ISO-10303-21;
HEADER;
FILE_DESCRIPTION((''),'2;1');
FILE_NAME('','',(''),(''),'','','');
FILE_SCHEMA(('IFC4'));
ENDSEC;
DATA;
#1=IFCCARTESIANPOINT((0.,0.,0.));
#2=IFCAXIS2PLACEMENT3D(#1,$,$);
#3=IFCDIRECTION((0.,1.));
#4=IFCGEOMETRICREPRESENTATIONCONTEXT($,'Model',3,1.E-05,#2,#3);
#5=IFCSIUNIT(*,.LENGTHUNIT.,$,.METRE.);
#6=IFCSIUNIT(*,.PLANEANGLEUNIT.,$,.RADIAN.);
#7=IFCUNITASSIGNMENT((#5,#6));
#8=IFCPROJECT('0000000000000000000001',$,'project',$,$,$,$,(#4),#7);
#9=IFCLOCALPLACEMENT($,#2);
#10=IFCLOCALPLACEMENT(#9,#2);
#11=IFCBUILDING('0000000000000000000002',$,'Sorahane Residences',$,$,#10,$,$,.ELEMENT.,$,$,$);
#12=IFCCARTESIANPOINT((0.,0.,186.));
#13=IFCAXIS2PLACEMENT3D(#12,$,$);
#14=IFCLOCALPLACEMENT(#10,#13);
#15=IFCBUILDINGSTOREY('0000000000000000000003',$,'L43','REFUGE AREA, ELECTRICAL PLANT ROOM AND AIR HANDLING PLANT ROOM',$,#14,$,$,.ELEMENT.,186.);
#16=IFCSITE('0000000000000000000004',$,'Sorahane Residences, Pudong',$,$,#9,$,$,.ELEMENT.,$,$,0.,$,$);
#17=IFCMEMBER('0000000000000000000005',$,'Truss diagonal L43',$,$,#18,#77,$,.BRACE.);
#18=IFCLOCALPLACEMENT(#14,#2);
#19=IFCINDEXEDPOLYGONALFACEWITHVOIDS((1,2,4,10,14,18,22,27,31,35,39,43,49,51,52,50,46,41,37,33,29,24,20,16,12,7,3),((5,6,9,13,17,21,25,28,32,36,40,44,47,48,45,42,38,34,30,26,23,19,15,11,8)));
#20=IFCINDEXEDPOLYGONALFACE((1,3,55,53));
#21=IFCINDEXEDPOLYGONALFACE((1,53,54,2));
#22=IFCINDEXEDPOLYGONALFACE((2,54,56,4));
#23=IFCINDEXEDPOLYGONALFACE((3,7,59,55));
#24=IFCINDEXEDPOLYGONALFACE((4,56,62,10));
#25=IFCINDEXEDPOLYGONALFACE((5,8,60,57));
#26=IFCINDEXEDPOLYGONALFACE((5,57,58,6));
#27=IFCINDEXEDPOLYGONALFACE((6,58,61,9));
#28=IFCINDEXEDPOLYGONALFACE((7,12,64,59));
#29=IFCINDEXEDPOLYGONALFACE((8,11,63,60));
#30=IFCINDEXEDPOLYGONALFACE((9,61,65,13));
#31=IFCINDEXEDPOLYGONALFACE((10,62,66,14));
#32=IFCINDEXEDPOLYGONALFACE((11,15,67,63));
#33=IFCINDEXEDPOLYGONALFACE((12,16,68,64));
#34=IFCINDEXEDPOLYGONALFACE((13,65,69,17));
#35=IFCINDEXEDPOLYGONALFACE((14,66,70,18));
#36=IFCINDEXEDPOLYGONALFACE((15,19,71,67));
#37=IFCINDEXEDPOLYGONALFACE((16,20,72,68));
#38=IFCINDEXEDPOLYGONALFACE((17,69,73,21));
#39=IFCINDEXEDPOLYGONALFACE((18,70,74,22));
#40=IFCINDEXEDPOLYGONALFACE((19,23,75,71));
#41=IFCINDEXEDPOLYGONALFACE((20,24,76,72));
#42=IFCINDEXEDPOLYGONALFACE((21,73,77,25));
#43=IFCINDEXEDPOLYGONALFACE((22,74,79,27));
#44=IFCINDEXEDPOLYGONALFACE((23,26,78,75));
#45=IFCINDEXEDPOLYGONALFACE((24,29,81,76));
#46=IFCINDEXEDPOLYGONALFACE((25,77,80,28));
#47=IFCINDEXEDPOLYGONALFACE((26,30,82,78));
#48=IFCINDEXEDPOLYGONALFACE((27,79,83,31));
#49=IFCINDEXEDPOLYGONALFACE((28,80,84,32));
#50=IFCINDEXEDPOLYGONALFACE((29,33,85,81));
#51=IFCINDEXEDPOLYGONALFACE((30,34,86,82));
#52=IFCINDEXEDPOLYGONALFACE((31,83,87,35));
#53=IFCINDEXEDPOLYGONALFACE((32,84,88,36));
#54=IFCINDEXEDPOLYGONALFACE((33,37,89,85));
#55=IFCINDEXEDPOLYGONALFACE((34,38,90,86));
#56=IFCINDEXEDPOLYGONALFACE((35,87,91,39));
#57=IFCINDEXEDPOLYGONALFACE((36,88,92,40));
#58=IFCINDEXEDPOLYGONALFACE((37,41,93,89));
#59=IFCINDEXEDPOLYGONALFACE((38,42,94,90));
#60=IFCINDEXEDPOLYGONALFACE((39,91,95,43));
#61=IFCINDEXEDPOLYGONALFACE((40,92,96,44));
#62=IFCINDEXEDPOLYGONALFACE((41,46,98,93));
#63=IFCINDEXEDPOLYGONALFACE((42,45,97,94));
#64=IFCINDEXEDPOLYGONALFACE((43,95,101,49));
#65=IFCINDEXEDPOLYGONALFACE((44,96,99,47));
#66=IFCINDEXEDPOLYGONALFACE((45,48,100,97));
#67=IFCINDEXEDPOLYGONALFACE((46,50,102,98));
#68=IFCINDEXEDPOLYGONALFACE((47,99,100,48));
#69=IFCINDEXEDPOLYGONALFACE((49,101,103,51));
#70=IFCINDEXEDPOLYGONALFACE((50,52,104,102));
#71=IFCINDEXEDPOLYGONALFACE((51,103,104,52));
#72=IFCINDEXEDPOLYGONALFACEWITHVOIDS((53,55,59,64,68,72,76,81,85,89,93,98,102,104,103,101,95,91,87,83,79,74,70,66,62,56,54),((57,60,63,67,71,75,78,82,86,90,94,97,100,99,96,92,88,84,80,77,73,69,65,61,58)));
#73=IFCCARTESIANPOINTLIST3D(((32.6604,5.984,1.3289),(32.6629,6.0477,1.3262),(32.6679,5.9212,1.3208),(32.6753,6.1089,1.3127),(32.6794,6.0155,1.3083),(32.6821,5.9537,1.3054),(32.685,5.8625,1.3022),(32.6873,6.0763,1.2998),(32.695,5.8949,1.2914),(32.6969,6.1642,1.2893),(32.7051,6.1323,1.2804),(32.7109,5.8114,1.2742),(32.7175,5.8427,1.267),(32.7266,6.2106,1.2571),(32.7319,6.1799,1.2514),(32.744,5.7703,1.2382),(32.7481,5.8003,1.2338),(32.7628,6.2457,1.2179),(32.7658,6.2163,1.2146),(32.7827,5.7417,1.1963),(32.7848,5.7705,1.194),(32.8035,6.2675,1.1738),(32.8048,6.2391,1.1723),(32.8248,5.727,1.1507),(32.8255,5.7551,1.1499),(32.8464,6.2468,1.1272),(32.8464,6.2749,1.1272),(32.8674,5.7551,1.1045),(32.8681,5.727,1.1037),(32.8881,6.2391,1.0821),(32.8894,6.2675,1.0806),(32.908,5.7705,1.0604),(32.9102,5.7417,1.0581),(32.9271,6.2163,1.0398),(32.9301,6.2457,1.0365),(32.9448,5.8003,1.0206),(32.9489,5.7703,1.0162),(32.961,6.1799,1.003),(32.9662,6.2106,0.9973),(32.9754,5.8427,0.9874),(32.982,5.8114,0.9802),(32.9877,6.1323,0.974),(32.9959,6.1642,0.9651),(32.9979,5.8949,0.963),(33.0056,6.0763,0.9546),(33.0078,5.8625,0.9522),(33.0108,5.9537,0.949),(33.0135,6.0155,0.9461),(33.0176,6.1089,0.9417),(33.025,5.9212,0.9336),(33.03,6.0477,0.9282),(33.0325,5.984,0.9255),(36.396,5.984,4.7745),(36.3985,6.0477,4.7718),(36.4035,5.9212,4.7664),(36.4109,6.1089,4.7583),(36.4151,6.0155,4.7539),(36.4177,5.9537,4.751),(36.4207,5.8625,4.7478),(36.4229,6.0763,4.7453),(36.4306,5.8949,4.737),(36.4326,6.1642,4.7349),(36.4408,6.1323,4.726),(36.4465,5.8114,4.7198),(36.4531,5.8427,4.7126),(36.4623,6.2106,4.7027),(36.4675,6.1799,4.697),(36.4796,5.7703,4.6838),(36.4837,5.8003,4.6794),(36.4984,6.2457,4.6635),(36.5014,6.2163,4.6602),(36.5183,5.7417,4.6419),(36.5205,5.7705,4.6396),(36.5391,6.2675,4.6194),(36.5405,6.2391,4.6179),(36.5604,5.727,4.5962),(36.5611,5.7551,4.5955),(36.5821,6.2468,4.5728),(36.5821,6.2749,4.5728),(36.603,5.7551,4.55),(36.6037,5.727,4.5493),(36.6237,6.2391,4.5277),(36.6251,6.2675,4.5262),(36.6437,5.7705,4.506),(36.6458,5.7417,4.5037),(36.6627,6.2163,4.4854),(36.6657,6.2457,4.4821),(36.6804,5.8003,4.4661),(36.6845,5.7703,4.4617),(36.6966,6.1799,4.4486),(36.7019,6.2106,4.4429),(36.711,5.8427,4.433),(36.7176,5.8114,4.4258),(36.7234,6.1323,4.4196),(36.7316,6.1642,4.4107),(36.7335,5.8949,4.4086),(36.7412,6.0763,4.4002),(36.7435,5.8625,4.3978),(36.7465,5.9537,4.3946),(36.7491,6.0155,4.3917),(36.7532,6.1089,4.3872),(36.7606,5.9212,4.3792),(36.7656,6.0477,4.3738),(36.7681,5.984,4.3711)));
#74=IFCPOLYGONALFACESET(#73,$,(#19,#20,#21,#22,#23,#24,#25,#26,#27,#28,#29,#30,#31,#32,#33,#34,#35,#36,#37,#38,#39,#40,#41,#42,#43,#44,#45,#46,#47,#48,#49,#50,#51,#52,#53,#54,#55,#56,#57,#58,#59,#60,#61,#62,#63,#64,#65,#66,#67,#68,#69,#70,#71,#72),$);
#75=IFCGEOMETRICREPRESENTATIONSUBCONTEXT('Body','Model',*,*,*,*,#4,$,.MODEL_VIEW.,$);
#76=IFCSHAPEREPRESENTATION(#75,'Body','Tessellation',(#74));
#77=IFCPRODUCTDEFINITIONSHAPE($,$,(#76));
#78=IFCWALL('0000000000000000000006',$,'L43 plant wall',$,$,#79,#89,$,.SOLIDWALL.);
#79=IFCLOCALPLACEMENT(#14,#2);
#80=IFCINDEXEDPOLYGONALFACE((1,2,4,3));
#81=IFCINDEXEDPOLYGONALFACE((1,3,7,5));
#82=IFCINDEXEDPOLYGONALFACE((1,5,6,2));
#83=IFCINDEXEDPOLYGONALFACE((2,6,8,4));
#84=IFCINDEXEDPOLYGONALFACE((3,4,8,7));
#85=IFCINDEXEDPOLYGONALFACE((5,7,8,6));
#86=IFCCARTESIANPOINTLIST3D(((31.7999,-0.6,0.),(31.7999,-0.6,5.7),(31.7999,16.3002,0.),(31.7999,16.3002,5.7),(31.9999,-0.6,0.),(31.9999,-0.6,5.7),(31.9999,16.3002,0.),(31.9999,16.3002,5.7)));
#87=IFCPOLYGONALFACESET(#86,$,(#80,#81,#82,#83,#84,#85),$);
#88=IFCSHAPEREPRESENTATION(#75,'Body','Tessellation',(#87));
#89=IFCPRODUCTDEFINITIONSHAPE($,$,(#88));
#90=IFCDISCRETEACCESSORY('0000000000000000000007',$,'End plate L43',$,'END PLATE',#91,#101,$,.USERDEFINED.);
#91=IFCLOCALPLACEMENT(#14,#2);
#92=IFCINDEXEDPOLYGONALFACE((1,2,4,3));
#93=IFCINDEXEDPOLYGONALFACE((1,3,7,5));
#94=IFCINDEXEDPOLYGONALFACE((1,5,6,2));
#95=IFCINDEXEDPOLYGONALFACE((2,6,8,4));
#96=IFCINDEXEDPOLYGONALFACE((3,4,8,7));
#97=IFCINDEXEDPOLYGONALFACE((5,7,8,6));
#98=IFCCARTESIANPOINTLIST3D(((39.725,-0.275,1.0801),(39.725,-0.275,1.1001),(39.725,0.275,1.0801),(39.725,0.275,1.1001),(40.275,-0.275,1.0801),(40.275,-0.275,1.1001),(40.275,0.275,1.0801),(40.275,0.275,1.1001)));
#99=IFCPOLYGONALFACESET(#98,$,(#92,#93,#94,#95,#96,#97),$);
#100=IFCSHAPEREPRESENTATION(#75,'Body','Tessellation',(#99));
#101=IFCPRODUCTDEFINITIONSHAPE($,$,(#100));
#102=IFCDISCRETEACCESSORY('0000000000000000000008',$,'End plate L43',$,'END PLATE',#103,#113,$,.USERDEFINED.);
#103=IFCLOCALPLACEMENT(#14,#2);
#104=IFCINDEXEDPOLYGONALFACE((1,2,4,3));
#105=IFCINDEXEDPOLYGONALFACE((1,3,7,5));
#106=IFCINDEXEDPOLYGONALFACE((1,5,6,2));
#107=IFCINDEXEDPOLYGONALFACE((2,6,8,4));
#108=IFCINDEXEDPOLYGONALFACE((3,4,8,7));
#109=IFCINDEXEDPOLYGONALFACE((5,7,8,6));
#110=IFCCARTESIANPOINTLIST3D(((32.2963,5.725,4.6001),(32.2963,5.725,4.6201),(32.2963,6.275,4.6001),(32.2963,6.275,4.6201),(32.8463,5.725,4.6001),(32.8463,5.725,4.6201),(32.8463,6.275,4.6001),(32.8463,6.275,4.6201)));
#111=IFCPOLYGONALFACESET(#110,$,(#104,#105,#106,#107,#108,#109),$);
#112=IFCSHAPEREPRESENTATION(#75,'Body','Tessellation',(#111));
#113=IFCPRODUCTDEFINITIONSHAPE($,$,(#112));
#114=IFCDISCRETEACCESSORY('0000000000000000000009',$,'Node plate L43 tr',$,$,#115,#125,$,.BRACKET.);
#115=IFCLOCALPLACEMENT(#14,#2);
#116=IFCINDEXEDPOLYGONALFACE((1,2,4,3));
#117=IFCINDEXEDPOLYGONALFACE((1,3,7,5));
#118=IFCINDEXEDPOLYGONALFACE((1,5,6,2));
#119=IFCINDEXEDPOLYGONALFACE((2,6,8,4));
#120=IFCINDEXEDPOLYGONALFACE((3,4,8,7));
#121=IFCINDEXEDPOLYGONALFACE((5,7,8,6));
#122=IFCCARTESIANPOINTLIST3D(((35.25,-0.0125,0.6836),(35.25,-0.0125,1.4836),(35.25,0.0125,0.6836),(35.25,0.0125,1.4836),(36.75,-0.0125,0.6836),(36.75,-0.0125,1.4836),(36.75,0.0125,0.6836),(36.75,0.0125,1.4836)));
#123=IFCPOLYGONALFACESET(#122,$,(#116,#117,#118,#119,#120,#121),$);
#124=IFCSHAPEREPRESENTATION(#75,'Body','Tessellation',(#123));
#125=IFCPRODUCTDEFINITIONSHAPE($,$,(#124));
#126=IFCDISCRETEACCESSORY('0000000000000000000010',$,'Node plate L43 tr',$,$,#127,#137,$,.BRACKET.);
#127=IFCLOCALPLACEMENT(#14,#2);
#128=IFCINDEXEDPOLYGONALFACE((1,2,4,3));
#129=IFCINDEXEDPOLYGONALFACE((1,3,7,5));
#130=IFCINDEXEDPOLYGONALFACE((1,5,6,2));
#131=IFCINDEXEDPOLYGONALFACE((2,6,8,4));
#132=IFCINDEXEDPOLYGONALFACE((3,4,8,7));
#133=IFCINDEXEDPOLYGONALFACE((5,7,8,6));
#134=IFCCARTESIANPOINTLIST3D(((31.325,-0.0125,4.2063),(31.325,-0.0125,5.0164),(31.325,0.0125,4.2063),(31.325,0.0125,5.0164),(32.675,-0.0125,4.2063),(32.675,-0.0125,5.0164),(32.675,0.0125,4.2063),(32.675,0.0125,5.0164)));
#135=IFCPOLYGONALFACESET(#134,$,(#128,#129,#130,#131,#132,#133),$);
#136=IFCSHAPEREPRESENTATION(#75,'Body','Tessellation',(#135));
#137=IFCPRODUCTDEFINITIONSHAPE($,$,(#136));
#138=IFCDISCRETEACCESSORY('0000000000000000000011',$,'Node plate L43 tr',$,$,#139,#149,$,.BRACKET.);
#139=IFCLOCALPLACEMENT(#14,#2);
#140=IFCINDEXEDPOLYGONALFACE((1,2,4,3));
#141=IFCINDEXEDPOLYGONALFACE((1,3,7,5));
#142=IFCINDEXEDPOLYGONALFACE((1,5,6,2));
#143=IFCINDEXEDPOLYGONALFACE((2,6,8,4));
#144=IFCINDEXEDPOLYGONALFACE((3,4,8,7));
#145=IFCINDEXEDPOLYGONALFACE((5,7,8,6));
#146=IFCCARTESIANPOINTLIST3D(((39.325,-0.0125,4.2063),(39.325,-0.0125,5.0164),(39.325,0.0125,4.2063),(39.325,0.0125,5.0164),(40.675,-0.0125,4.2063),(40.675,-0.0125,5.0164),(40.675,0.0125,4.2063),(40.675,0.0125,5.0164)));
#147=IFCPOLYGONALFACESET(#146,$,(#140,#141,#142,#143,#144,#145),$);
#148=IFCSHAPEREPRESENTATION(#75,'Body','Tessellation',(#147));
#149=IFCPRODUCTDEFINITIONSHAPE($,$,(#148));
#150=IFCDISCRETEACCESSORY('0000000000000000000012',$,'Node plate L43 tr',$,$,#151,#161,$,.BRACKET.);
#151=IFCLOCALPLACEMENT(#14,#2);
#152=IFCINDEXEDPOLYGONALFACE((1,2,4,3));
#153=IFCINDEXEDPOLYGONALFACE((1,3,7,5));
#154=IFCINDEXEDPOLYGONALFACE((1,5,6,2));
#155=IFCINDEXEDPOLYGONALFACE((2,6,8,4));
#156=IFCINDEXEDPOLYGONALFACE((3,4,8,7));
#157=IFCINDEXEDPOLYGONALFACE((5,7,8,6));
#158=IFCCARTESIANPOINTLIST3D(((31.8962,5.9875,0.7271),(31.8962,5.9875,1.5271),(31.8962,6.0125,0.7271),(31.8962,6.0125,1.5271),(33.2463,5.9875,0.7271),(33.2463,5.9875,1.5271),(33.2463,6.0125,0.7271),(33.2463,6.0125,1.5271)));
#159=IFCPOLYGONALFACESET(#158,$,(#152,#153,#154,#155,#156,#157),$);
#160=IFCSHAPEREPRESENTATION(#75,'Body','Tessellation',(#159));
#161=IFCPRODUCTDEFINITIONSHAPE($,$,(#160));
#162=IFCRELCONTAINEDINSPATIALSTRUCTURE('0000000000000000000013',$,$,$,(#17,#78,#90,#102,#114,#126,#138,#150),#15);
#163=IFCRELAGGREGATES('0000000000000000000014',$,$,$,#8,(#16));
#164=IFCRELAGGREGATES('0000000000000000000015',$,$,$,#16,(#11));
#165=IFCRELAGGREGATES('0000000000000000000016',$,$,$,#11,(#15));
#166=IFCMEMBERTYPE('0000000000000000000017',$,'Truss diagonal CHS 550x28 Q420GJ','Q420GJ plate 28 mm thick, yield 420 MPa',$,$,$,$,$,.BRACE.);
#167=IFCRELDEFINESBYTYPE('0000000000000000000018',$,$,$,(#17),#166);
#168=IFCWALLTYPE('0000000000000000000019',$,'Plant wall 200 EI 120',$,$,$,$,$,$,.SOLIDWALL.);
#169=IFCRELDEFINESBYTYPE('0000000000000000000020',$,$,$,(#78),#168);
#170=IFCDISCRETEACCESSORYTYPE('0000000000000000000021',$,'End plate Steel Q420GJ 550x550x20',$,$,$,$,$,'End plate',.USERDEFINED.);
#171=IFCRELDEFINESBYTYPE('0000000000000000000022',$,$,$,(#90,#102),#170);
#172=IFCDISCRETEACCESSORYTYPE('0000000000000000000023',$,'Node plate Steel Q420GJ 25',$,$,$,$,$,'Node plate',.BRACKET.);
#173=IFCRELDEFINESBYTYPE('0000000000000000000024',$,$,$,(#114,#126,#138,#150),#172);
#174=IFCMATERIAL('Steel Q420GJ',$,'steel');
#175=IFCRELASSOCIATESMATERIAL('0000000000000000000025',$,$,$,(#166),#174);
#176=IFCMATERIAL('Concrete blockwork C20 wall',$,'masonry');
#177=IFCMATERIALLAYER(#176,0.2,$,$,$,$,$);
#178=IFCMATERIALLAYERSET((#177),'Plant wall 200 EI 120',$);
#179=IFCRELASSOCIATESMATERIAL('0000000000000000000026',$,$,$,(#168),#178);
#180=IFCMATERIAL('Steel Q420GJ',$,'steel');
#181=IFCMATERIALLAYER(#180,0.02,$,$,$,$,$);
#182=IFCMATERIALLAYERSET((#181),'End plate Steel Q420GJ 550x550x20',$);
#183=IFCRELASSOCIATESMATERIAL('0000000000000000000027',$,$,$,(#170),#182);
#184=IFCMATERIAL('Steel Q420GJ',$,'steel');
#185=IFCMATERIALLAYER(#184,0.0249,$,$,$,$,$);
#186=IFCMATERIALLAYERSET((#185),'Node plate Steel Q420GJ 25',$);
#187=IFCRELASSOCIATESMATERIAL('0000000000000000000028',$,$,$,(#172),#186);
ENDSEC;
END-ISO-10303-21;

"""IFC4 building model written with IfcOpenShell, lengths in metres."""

from ifc_helpers import new_model, si_unit, direction, frame, frame_2d, origin, origin_2d, place, context, subcontext, project, spatial, rectangle, hollow_circle, extrude, material, layer, layer_set, material_profile, profile_set, type_object, element, save


model = new_model("IFC4")

# Units and contexts
model_context = context("Model", 3, precision=1e-05, world=origin(), true_north=direction((0.0, 1.0)))
body_context = subcontext(model_context, "Body", "Model", "MODEL_VIEW")
ifc_project = project(units=[si_unit("LENGTHUNIT", "METRE"), si_unit("PLANEANGLEUNIT", "RADIAN")], contexts=[model_context])

# Site, building, storey
site_placement = place(None, origin())
site = spatial("IfcSite", under=ifc_project, at=site_placement, Name="Sorahane Residences, Pudong", CompositionType="ELEMENT", RefElevation=0.0)
building_placement = place(site_placement, origin())
building = spatial("IfcBuilding", under=site, at=building_placement, Name="Sorahane Residences", CompositionType="ELEMENT")
storey_placement = place(building_placement, frame((0.0, 0.0, 186.0)))
storey = spatial("IfcBuildingStorey", under=building, at=storey_placement, Name="L43", Description="REFUGE AREA, ELECTRICAL PLANT ROOM AND AIR HANDLING PLANT ROOM", CompositionType="ELEMENT", Elevation=186.0)

# Member
ifc_material_1 = material(Name="Steel Q420GJ", Category="steel")
ifc_material_profile_1 = material_profile(ifc_material_1, hollow_circle(Radius=0.2749, WallThickness=0.0281, at=origin_2d()), Name="CHS 550x28")
ifc_profile_set_1 = profile_set([ifc_material_profile_1], Name="Steel Q420GJ")
member_type = type_object("IfcMemberType", Name="Truss diagonal CHS 550x28 Q420GJ", Description="Q420GJ plate 28 mm thick, yield 420 MPa", PredefinedType="BRACE", material=ifc_profile_set_1)
member_1_placement = place(storey_placement, frame((32.8464, 6.0, 1.1272), z_axis=(0.735067, 0.0, 0.677995), x_axis=(0.0, 1.0, 0.0)))
element("IfcMember", 1, at=member_1_placement, inside=storey, type_object=member_type, Name="Truss diagonal L43", PredefinedType="BRACE", context=body_context, shape_type="SweptSolid", body=[
    extrude(hollow_circle(Radius=0.2749, WallThickness=0.0281, at=origin_2d()), origin(), (0.0, 0.0, 1.0), 5.082),
])

# Wall
ifc_material_2 = material(Name="Concrete blockwork C20 wall", Category="masonry")
ifc_layer_1 = layer(ifc_material_2, 0.2)
ifc_layer_set_1 = layer_set([ifc_layer_1], Name="Plant wall 200 EI 120")
wall_type = type_object("IfcWallType", Name="Plant wall 200 EI 120", PredefinedType="SOLIDWALL", material=ifc_layer_set_1)
wall_placement = place(storey_placement, frame((31.8999, -0.6001, 0.0), z_axis=(0.0, 0.0, 1.0), x_axis=(0.0, 1.0, 0.0)))
element("IfcWall", 2, at=wall_placement, inside=storey, type_object=wall_type, Name="L43 plant wall", PredefinedType="SOLIDWALL", context=body_context, shape_type="SweptSolid", body=[
    extrude(rectangle(XDim=16.9001, YDim=0.2, at=frame_2d((8.4502, 0.0))), origin(), (0.0, 0.0, 1.0), 5.7),
])

# Discrete accessories
ifc_material_3 = material(Name="Steel Q420GJ", Category="steel")
ifc_layer_2 = layer(ifc_material_3, 0.02)
ifc_layer_set_2 = layer_set([ifc_layer_2], Name="End plate Steel Q420GJ 550x550x20")
discrete_accessory_type_1 = type_object("IfcDiscreteAccessoryType", Name="End plate Steel Q420GJ 550x550x20", ElementType="End plate", PredefinedType="USERDEFINED", material=ifc_layer_set_2)
for number, where, z_axis, x_axis, name in (
    (3, (40.0, 0.0, 1.0801), (0.0, 0.0, 1.0), (1.0, 0.0, 0.0), "End plate L43"),
    (4, (32.5713, 6.0, 4.6001), (0.0, 0.0, 1.0), (1.0, 0.0, 0.0), "End plate L43"),
):
    element("IfcDiscreteAccessory", number, at=place(storey_placement, frame(where, z_axis=z_axis, x_axis=x_axis)), inside=storey, type_object=discrete_accessory_type_1, Name=name, ObjectType="END PLATE", PredefinedType="USERDEFINED", context=body_context, shape_type="SweptSolid", body=[
        extrude(rectangle(XDim=0.55, YDim=0.55, at=origin_2d()), origin(), (0.0, 0.0, 1.0), 0.02),
    ])
ifc_material_4 = material(Name="Steel Q420GJ", Category="steel")
ifc_layer_3 = layer(ifc_material_4, 0.0249)
ifc_layer_set_3 = layer_set([ifc_layer_3], Name="Node plate Steel Q420GJ 25")
discrete_accessory_type_2 = type_object("IfcDiscreteAccessoryType", Name="Node plate Steel Q420GJ 25", ElementType="Node plate", PredefinedType="BRACKET", material=ifc_layer_set_3)
discrete_accessory_1_placement = place(storey_placement, frame((36.0, 0.0, 0.6836), z_axis=(0.0, 0.0, 1.0), x_axis=(1.0, 0.0, 0.0)))
element("IfcDiscreteAccessory", 5, at=discrete_accessory_1_placement, inside=storey, type_object=discrete_accessory_type_2, Name="Node plate L43 tr", PredefinedType="BRACKET", context=body_context, shape_type="SweptSolid", body=[
    extrude(rectangle(XDim=1.5, YDim=0.0249, at=origin_2d()), origin(), (0.0, 0.0, 1.0), 0.8),
])
for number, where, z_axis, x_axis, name in (
    (6, (32.0, 0.0, 4.2063), (0.0, 0.0, 1.0), (1.0, 0.0, 0.0), "Node plate L43 tr"),
    (7, (40.0, 0.0, 4.2063), (0.0, 0.0, 1.0), (1.0, 0.0, 0.0), "Node plate L43 tr"),
):
    element("IfcDiscreteAccessory", number, at=place(storey_placement, frame(where, z_axis=z_axis, x_axis=x_axis)), inside=storey, type_object=discrete_accessory_type_2, Name=name, PredefinedType="BRACKET", context=body_context, shape_type="SweptSolid", body=[
        extrude(rectangle(XDim=1.3501, YDim=0.0249, at=origin_2d()), origin(), (0.0, 0.0, 1.0), 0.8101),
    ])
discrete_accessory_2_placement = place(storey_placement, frame((32.5713, 6.0, 0.7271), z_axis=(0.0, 0.0, 1.0), x_axis=(1.0, 0.0, 0.0)))
element("IfcDiscreteAccessory", 8, at=discrete_accessory_2_placement, inside=storey, type_object=discrete_accessory_type_2, Name="Node plate L43 tr", PredefinedType="BRACKET", context=body_context, shape_type="SweptSolid", body=[
    extrude(rectangle(XDim=1.3501, YDim=0.0249, at=origin_2d()), origin(), (0.0, 0.0, 1.0), 0.8),
])

save(model, "model.ifc")
